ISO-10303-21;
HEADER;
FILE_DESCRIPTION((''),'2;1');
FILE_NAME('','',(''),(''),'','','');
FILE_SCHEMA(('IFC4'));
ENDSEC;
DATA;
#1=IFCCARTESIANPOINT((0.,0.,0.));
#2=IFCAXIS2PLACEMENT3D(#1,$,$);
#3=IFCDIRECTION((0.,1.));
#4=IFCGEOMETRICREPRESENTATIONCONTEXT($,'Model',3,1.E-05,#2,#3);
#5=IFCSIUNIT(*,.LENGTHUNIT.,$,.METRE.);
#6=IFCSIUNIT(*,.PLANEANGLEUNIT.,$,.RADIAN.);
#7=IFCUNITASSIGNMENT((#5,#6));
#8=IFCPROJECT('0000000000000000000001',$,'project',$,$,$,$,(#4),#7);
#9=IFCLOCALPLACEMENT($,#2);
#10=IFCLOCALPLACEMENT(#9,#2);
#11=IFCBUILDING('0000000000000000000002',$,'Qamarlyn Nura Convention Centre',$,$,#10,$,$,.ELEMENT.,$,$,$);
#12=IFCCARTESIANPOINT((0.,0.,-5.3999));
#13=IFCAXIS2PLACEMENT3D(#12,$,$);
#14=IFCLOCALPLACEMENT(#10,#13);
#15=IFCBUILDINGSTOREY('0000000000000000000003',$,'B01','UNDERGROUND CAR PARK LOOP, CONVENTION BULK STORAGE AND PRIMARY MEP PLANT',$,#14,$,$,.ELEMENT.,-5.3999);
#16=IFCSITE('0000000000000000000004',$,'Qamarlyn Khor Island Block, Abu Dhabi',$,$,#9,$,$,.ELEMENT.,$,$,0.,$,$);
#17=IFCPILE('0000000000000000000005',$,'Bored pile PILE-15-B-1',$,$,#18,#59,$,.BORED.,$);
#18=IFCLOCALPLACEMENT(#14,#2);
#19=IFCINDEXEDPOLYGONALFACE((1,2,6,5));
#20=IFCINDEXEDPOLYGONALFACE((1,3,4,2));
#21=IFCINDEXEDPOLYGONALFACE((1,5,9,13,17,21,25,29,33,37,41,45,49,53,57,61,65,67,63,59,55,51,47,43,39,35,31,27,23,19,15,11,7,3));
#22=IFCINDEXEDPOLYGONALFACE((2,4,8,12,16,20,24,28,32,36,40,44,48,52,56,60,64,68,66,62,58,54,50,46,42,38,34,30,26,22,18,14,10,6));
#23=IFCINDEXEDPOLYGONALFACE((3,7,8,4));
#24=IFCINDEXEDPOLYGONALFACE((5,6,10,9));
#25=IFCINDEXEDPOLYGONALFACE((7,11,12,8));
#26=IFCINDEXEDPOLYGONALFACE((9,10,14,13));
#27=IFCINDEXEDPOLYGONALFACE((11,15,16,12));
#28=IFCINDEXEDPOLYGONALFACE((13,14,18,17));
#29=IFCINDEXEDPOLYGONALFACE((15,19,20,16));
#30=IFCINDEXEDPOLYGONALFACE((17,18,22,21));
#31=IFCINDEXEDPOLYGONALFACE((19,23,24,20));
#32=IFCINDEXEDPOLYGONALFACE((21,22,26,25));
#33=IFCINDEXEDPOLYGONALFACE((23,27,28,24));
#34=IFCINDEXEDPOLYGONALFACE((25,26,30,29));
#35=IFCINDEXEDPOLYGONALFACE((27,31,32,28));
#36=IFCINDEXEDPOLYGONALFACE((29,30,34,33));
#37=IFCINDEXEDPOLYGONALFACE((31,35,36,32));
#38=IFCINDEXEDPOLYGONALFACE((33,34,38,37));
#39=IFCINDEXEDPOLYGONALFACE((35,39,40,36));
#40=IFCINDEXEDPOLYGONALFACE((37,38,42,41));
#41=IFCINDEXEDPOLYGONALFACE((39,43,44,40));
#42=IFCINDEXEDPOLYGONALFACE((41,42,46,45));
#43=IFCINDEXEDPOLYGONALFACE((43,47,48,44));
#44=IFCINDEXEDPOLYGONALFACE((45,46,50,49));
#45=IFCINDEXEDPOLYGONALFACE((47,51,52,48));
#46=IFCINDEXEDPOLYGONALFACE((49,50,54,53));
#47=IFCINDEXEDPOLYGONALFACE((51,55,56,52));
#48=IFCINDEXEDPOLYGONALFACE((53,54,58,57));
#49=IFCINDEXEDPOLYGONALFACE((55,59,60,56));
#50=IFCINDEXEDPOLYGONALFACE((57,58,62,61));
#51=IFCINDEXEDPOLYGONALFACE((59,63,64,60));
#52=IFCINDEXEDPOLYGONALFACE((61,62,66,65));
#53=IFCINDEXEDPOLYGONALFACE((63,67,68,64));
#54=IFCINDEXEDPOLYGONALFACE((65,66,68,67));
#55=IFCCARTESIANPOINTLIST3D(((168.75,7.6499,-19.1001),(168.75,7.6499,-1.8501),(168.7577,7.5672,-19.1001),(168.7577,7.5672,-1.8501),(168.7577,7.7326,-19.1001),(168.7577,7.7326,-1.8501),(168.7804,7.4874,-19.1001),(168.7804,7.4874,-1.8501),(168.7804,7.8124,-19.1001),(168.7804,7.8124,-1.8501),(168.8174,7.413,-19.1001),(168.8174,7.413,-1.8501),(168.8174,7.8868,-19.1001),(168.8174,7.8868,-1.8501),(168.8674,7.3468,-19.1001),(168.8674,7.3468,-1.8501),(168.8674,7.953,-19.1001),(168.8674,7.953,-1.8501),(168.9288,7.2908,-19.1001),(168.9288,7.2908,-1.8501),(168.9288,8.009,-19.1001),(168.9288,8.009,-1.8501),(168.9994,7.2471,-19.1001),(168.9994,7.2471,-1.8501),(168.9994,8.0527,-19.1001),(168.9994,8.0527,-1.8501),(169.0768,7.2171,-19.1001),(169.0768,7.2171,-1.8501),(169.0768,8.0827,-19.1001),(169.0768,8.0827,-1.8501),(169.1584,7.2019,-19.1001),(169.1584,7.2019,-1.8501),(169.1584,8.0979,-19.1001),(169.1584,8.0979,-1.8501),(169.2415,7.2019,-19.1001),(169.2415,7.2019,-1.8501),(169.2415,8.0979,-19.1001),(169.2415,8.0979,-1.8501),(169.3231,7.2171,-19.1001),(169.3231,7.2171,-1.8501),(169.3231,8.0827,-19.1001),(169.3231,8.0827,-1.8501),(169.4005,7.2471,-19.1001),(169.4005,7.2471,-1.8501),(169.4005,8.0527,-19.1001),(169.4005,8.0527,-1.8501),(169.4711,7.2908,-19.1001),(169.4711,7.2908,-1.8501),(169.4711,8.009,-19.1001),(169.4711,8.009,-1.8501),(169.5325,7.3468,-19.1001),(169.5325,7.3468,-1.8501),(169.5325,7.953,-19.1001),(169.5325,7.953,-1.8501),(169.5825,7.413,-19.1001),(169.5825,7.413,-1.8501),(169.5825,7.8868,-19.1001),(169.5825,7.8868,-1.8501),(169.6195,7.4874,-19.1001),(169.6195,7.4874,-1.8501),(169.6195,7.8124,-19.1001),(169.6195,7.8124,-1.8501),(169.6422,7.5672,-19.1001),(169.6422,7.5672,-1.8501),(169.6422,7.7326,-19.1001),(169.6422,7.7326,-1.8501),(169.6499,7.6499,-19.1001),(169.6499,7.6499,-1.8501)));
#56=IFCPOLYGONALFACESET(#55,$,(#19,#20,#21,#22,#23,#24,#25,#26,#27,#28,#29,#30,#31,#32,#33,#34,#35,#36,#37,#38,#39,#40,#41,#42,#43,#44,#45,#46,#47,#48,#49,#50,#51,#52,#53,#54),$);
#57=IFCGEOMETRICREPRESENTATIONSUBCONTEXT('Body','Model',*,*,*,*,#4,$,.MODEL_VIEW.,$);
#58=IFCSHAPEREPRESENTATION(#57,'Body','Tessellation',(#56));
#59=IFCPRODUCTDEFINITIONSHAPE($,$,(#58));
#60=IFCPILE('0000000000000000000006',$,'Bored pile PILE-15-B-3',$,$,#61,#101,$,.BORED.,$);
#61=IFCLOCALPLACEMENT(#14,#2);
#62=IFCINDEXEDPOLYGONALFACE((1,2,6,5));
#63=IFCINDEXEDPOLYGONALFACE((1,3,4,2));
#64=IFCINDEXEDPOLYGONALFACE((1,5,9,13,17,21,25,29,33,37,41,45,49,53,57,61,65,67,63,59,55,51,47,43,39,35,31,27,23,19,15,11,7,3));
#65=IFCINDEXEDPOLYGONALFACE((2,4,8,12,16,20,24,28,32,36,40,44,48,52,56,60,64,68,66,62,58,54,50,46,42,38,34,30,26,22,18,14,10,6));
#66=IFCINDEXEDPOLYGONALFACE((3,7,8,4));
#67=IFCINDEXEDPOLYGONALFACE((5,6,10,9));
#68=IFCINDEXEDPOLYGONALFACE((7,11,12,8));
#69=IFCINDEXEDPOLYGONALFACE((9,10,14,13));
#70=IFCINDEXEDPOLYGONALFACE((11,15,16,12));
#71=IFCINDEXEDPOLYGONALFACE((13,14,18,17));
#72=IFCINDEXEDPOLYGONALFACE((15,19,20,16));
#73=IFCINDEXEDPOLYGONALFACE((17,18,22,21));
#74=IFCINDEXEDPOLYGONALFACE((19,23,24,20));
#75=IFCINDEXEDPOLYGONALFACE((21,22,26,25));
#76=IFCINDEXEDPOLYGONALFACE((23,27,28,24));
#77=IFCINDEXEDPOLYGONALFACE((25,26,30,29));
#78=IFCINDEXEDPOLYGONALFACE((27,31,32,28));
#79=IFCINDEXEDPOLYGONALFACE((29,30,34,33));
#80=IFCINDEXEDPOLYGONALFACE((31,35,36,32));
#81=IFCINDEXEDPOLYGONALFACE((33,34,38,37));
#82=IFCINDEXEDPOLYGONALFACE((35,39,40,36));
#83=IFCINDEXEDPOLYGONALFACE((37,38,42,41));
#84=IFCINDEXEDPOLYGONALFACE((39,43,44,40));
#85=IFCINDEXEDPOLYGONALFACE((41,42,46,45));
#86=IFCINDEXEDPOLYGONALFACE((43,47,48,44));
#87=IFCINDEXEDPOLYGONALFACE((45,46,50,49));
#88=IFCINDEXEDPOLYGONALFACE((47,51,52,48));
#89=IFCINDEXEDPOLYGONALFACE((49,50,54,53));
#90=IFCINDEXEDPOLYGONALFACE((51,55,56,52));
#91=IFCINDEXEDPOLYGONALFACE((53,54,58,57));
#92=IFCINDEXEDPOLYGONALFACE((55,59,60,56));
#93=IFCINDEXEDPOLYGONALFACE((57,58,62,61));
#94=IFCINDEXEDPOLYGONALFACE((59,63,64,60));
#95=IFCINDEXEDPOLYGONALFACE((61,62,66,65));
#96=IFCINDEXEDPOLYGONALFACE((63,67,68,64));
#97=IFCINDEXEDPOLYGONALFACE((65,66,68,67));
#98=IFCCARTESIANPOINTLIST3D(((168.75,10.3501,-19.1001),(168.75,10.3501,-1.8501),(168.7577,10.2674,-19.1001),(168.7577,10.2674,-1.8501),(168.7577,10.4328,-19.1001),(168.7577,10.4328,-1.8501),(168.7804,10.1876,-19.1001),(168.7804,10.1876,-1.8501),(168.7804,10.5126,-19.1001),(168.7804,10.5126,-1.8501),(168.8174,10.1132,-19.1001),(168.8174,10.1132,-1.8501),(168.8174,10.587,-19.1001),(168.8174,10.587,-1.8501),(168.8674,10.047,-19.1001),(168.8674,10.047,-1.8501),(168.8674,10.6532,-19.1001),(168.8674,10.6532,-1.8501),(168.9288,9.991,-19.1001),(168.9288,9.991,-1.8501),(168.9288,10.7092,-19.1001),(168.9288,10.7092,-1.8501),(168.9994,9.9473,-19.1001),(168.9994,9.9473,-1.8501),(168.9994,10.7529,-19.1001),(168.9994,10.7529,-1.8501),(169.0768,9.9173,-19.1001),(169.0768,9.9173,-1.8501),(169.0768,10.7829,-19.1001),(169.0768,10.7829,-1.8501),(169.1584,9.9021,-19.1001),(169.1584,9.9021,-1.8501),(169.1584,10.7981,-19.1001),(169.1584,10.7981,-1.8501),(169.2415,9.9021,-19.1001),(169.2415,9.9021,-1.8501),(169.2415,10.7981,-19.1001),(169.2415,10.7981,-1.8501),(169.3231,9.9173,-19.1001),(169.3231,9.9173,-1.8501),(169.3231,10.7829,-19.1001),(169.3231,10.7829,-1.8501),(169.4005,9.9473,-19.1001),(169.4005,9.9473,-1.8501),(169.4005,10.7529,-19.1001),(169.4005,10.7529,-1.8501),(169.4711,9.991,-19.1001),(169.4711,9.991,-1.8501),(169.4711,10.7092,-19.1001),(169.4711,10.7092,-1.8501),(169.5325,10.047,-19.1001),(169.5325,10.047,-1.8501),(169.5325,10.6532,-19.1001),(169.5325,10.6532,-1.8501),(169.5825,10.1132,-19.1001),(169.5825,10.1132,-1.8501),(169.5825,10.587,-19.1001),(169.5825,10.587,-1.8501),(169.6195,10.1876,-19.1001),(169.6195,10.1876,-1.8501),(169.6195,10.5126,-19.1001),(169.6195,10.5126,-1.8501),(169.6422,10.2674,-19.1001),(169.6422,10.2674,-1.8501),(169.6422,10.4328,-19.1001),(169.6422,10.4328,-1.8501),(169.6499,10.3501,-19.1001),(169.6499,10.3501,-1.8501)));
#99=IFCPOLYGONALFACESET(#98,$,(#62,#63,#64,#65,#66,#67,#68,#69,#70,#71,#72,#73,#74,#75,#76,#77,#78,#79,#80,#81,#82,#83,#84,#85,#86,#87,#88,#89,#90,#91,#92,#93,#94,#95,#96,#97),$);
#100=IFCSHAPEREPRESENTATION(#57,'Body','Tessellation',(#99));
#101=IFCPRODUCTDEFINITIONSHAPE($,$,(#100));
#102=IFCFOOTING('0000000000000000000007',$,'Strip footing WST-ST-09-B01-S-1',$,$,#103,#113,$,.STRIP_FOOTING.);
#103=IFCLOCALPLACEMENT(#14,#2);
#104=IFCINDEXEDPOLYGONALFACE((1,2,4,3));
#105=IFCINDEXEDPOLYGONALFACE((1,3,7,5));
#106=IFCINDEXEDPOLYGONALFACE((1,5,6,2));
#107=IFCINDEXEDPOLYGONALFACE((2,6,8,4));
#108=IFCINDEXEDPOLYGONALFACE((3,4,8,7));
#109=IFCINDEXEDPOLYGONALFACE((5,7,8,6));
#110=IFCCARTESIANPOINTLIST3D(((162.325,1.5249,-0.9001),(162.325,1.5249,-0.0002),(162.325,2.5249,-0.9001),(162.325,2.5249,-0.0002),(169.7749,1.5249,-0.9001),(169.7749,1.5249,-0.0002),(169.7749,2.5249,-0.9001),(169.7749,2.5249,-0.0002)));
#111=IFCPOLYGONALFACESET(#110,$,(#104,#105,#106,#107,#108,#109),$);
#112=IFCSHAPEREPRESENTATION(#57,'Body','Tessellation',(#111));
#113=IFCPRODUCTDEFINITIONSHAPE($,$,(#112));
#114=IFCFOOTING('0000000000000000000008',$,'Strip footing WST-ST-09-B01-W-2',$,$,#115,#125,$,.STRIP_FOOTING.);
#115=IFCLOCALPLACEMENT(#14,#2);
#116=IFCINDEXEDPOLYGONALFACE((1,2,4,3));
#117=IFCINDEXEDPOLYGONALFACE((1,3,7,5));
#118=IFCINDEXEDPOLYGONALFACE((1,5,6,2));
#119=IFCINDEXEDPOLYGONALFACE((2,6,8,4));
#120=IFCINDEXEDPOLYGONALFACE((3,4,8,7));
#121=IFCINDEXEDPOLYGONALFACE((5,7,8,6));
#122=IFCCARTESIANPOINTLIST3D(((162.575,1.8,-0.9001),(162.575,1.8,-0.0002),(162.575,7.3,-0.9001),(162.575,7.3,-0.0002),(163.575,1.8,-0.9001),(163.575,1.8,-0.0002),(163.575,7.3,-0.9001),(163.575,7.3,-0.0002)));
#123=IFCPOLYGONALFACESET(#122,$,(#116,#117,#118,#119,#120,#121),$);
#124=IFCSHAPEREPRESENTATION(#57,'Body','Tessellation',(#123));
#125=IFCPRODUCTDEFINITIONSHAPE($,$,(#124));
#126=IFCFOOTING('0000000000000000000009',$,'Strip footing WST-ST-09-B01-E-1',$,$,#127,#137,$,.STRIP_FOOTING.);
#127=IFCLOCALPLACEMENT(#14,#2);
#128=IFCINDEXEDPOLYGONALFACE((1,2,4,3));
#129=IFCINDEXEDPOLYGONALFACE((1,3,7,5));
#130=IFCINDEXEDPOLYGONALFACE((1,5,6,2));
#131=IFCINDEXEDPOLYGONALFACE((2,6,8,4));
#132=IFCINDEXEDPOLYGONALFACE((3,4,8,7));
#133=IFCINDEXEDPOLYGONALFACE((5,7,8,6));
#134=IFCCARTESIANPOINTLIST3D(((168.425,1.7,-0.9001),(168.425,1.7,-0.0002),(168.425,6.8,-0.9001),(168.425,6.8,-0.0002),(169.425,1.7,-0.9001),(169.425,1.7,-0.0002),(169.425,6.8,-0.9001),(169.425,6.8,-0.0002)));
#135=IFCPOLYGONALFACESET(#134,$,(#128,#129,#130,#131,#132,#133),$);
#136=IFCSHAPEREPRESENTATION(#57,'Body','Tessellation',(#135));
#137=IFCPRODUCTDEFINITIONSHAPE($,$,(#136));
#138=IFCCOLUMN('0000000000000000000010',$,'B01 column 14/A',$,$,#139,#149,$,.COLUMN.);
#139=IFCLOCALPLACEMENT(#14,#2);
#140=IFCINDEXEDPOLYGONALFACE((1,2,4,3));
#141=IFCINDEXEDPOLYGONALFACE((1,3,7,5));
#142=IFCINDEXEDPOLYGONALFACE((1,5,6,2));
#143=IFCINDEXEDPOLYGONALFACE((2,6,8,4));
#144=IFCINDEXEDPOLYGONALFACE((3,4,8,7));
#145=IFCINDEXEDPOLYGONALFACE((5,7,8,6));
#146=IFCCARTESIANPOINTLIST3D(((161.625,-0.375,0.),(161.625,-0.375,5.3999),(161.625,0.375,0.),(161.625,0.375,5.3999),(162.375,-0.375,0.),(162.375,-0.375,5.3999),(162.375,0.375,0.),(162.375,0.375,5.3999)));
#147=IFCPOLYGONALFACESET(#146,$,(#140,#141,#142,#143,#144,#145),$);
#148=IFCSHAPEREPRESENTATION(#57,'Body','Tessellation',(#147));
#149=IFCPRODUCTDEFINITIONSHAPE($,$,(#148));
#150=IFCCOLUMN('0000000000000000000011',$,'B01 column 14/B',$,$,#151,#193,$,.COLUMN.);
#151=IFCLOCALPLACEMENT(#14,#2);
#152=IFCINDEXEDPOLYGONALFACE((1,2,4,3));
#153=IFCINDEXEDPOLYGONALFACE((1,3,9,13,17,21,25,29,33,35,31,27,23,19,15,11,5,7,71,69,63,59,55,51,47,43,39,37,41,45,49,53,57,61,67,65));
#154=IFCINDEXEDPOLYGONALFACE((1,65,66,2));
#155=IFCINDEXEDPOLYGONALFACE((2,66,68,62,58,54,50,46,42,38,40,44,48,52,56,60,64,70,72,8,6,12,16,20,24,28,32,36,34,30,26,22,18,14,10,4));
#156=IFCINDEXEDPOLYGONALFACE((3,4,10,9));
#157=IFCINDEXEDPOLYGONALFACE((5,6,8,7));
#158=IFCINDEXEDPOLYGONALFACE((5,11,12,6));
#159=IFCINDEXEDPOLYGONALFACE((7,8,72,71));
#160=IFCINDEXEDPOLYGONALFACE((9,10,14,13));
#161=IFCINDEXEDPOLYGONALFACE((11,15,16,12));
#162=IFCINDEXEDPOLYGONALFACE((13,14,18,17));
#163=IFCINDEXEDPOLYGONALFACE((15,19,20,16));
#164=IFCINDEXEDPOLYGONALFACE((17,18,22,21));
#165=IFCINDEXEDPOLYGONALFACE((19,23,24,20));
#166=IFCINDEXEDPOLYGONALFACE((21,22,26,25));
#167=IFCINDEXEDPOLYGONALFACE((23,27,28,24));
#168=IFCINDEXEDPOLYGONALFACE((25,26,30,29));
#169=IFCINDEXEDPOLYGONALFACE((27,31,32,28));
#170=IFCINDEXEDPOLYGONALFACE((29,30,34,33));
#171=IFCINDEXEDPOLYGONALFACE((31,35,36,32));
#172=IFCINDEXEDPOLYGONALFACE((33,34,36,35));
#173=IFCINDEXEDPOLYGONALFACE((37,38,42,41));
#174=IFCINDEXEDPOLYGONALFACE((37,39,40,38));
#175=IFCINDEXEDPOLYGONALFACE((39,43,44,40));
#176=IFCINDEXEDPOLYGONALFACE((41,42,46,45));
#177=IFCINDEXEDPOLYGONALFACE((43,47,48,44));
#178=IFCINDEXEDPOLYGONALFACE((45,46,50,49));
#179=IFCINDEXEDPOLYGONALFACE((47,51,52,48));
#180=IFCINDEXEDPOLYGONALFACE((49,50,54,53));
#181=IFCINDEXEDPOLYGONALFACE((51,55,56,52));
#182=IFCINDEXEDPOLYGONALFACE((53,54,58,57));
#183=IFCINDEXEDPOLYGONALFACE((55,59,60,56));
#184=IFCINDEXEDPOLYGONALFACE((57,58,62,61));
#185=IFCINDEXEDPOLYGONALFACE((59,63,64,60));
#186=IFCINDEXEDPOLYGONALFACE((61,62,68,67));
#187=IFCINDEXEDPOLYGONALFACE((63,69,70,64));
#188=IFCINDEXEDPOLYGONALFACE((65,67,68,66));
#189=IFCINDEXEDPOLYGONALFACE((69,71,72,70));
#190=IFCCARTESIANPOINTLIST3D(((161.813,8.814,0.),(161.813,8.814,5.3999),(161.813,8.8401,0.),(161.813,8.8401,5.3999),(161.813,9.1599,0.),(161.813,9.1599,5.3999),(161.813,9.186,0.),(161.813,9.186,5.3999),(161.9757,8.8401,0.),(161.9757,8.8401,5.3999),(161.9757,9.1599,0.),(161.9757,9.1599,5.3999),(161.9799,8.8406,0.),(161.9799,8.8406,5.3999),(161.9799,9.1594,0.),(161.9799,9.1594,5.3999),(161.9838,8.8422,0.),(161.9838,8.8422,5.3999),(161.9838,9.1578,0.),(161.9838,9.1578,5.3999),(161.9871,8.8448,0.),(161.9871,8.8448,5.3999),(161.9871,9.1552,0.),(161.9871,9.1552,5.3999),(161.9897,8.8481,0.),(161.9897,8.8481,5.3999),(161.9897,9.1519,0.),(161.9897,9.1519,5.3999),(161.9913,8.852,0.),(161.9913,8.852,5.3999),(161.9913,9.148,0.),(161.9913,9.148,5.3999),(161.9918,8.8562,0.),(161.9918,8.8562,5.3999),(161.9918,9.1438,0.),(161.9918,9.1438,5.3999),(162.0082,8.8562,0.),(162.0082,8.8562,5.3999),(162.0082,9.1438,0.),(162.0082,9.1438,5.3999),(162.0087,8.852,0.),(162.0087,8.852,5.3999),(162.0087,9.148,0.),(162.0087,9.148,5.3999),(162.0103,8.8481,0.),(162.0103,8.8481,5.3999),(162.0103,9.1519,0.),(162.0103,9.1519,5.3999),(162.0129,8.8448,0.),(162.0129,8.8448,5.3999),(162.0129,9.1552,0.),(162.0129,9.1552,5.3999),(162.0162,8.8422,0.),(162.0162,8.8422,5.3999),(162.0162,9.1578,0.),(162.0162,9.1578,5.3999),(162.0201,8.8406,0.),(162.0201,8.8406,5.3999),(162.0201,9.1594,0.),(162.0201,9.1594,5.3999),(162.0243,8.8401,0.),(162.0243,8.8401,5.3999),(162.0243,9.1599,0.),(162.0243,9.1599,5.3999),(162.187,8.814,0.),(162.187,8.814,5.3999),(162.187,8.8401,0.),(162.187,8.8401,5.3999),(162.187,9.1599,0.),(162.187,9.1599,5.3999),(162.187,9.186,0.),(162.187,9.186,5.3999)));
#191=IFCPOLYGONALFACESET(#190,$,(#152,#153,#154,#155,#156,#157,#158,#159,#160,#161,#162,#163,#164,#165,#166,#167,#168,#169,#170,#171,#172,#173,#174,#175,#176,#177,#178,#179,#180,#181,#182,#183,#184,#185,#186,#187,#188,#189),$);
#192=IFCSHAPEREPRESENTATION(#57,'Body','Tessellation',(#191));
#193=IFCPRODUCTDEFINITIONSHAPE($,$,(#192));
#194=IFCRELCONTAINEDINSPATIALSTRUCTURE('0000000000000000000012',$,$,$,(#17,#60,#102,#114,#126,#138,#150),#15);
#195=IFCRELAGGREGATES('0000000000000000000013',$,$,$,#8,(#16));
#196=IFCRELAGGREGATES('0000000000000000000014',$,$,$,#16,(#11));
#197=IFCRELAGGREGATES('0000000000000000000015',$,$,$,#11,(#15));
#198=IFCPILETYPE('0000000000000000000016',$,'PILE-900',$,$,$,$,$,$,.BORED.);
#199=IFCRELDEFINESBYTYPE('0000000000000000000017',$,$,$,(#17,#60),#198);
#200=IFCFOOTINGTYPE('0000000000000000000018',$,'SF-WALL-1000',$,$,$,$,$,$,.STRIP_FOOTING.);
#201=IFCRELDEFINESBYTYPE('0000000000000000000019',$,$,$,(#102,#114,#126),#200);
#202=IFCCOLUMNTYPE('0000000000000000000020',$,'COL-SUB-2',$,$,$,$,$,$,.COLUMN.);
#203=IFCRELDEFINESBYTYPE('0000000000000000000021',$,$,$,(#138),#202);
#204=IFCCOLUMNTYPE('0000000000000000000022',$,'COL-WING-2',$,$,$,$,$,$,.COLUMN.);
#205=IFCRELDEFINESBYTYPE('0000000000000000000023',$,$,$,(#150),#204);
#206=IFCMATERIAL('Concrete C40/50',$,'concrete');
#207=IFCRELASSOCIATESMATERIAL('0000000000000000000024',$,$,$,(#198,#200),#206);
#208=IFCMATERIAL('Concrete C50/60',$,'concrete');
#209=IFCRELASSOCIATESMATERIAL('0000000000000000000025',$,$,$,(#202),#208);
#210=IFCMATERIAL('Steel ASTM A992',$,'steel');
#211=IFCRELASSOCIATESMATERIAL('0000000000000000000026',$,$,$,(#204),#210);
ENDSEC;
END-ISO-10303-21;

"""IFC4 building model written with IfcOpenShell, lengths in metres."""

from ifc_helpers import new_model, si_unit, direction, frame, origin, origin_2d, place, context, subcontext, project, spatial, rectangle, circle, i_section, extrude, material, material_profile, profile_set, type_object, element, save


model = new_model("IFC4")

# Units and contexts
model_context = context("Model", 3, precision=1e-05, world=origin(), true_north=direction((0.0, 1.0)))
body_context = subcontext(model_context, "Body", "Model", "MODEL_VIEW")
ifc_project = project(units=[si_unit("LENGTHUNIT", "METRE"), si_unit("PLANEANGLEUNIT", "RADIAN")], contexts=[model_context])

# Site, building, storey
site_placement = place(None, origin())
site = spatial("IfcSite", under=ifc_project, at=site_placement, Name="Qamarlyn Khor Island Block, Abu Dhabi", CompositionType="ELEMENT", RefElevation=0.0)
building_placement = place(site_placement, origin())
building = spatial("IfcBuilding", under=site, at=building_placement, Name="Qamarlyn Nura Convention Centre", CompositionType="ELEMENT")
storey_placement = place(building_placement, frame((0.0, 0.0, -5.3999)))
storey = spatial("IfcBuildingStorey", under=building, at=storey_placement, Name="B01", Description="UNDERGROUND CAR PARK LOOP, CONVENTION BULK STORAGE AND PRIMARY MEP PLANT", CompositionType="ELEMENT", Elevation=-5.3999)

# Shared definitions
ifc_material_1 = material(Name="Concrete C40/50", Category="concrete")

# Piles
ifc_material_profile_1 = material_profile(ifc_material_1, circle(Radius=0.45, at=origin_2d()), Name="BORED PILE 900")
ifc_profile_set_1 = profile_set([ifc_material_profile_1], Name="Concrete C40/50")
pile_type = type_object("IfcPileType", Name="PILE-900", PredefinedType="BORED", material=ifc_profile_set_1)
for number, where, z_axis, x_axis, name in (
    (1, (169.2, 7.6499, -1.8501), (0.0, 0.0, -1.0), (1.0, 0.0, 0.0), "Bored pile PILE-15-B-1"),
    (2, (169.2, 10.3501, -1.8501), (0.0, 0.0, -1.0), (1.0, 0.0, 0.0), "Bored pile PILE-15-B-3"),
):
    element("IfcPile", number, at=place(storey_placement, frame(where, z_axis=z_axis, x_axis=x_axis)), inside=storey, type_object=pile_type, Name=name, PredefinedType="BORED", context=body_context, shape_type="SweptSolid", body=[
        extrude(circle(Radius=0.45, at=origin_2d()), origin(), (0.0, 0.0, 1.0), 17.25),
    ])

# Footings
ifc_material_profile_2 = material_profile(ifc_material_1, rectangle(XDim=1.0, YDim=0.8999, at=origin_2d()), Name="RC STRIP 1000x900")
ifc_profile_set_2 = profile_set([ifc_material_profile_2], Name="Concrete C40/50")
footing_type_1 = type_object("IfcFootingType", Name="SF-WALL-1000", PredefinedType="STRIP_FOOTING", material=ifc_profile_set_2)
footing_1_placement = place(storey_placement, frame((162.325, 2.0249, -0.4502), z_axis=(1.0, 0.0, 0.0), x_axis=(0.0, 1.0, 0.0)))
element("IfcFooting", 3, at=footing_1_placement, inside=storey, type_object=footing_type_1, Name="Strip footing WST-ST-09-B01-S-1", PredefinedType="STRIP_FOOTING", context=body_context, shape_type="SweptSolid", body=[
    extrude(rectangle(XDim=1.0, YDim=0.8999, at=origin_2d()), origin(), (0.0, 0.0, 1.0), 7.45),
])
footing_2_placement = place(storey_placement, frame((163.075, 7.3, -0.4502), z_axis=(0.0, -1.0, 0.0), x_axis=(1.0, 0.0, 0.0)))
element("IfcFooting", 4, at=footing_2_placement, inside=storey, type_object=footing_type_1, Name="Strip footing WST-ST-09-B01-W-2", PredefinedType="STRIP_FOOTING", context=body_context, shape_type="SweptSolid", body=[
    extrude(rectangle(XDim=1.0, YDim=0.8999, at=origin_2d()), origin(), (0.0, 0.0, 1.0), 5.5),
])
footing_3_placement = place(storey_placement, frame((168.925, 1.7, -0.4502), z_axis=(0.0, 1.0, 0.0), x_axis=(-1.0, 0.0, 0.0)))
element("IfcFooting", 5, at=footing_3_placement, inside=storey, type_object=footing_type_1, Name="Strip footing WST-ST-09-B01-E-1", PredefinedType="STRIP_FOOTING", context=body_context, shape_type="SweptSolid", body=[
    extrude(rectangle(XDim=1.0, YDim=0.8999, at=origin_2d()), origin(), (0.0, 0.0, 1.0), 5.1001),
])

# Columns
ifc_material_2 = material(Name="Concrete C50/60", Category="concrete")
ifc_material_profile_3 = material_profile(ifc_material_2, rectangle(XDim=0.75, YDim=0.75, at=origin_2d()), Name="RC 750x750")
ifc_profile_set_3 = profile_set([ifc_material_profile_3], Name="Concrete C50/60")
column_type_1 = type_object("IfcColumnType", Name="COL-SUB-2", PredefinedType="COLUMN", material=ifc_profile_set_3)
column_1_placement = place(storey_placement, frame((162.0, 0.0, 0.0), z_axis=(0.0, 0.0, 1.0), x_axis=(1.0, 0.0, 0.0)))
element("IfcColumn", 6, at=column_1_placement, inside=storey, type_object=column_type_1, Name="B01 column 14/A", PredefinedType="COLUMN", context=body_context, shape_type="SweptSolid", body=[
    extrude(rectangle(XDim=0.75, YDim=0.75, at=origin_2d()), origin(), (0.0, 0.0, 1.0), 5.3999),
])
ifc_material_3 = material(Name="Steel ASTM A992", Category="steel")
ifc_material_profile_4 = material_profile(ifc_material_3, i_section(OverallWidth=0.374, OverallDepth=0.3721, WebThickness=0.0164, FlangeThickness=0.0261, FilletRadius=0.0161, at=origin_2d()), Name="W360X196")
ifc_profile_set_4 = profile_set([ifc_material_profile_4], Name="Steel ASTM A992")
column_type_2 = type_object("IfcColumnType", Name="COL-WING-2", PredefinedType="COLUMN", material=ifc_profile_set_4)
column_2_placement = place(storey_placement, frame((162.0, 9.0, 0.0), z_axis=(0.0, 0.0, 1.0), x_axis=(1.0, 0.0, 0.0)))
element("IfcColumn", 7, at=column_2_placement, inside=storey, type_object=column_type_2, Name="B01 column 14/B", PredefinedType="COLUMN", context=body_context, shape_type="SweptSolid", body=[
    extrude(i_section(OverallWidth=0.374, OverallDepth=0.3721, WebThickness=0.0164, FlangeThickness=0.0261, FilletRadius=0.0161, at=origin_2d()), origin(), (0.0, 0.0, 1.0), 5.3999),
])

save(model, "model.ifc")
